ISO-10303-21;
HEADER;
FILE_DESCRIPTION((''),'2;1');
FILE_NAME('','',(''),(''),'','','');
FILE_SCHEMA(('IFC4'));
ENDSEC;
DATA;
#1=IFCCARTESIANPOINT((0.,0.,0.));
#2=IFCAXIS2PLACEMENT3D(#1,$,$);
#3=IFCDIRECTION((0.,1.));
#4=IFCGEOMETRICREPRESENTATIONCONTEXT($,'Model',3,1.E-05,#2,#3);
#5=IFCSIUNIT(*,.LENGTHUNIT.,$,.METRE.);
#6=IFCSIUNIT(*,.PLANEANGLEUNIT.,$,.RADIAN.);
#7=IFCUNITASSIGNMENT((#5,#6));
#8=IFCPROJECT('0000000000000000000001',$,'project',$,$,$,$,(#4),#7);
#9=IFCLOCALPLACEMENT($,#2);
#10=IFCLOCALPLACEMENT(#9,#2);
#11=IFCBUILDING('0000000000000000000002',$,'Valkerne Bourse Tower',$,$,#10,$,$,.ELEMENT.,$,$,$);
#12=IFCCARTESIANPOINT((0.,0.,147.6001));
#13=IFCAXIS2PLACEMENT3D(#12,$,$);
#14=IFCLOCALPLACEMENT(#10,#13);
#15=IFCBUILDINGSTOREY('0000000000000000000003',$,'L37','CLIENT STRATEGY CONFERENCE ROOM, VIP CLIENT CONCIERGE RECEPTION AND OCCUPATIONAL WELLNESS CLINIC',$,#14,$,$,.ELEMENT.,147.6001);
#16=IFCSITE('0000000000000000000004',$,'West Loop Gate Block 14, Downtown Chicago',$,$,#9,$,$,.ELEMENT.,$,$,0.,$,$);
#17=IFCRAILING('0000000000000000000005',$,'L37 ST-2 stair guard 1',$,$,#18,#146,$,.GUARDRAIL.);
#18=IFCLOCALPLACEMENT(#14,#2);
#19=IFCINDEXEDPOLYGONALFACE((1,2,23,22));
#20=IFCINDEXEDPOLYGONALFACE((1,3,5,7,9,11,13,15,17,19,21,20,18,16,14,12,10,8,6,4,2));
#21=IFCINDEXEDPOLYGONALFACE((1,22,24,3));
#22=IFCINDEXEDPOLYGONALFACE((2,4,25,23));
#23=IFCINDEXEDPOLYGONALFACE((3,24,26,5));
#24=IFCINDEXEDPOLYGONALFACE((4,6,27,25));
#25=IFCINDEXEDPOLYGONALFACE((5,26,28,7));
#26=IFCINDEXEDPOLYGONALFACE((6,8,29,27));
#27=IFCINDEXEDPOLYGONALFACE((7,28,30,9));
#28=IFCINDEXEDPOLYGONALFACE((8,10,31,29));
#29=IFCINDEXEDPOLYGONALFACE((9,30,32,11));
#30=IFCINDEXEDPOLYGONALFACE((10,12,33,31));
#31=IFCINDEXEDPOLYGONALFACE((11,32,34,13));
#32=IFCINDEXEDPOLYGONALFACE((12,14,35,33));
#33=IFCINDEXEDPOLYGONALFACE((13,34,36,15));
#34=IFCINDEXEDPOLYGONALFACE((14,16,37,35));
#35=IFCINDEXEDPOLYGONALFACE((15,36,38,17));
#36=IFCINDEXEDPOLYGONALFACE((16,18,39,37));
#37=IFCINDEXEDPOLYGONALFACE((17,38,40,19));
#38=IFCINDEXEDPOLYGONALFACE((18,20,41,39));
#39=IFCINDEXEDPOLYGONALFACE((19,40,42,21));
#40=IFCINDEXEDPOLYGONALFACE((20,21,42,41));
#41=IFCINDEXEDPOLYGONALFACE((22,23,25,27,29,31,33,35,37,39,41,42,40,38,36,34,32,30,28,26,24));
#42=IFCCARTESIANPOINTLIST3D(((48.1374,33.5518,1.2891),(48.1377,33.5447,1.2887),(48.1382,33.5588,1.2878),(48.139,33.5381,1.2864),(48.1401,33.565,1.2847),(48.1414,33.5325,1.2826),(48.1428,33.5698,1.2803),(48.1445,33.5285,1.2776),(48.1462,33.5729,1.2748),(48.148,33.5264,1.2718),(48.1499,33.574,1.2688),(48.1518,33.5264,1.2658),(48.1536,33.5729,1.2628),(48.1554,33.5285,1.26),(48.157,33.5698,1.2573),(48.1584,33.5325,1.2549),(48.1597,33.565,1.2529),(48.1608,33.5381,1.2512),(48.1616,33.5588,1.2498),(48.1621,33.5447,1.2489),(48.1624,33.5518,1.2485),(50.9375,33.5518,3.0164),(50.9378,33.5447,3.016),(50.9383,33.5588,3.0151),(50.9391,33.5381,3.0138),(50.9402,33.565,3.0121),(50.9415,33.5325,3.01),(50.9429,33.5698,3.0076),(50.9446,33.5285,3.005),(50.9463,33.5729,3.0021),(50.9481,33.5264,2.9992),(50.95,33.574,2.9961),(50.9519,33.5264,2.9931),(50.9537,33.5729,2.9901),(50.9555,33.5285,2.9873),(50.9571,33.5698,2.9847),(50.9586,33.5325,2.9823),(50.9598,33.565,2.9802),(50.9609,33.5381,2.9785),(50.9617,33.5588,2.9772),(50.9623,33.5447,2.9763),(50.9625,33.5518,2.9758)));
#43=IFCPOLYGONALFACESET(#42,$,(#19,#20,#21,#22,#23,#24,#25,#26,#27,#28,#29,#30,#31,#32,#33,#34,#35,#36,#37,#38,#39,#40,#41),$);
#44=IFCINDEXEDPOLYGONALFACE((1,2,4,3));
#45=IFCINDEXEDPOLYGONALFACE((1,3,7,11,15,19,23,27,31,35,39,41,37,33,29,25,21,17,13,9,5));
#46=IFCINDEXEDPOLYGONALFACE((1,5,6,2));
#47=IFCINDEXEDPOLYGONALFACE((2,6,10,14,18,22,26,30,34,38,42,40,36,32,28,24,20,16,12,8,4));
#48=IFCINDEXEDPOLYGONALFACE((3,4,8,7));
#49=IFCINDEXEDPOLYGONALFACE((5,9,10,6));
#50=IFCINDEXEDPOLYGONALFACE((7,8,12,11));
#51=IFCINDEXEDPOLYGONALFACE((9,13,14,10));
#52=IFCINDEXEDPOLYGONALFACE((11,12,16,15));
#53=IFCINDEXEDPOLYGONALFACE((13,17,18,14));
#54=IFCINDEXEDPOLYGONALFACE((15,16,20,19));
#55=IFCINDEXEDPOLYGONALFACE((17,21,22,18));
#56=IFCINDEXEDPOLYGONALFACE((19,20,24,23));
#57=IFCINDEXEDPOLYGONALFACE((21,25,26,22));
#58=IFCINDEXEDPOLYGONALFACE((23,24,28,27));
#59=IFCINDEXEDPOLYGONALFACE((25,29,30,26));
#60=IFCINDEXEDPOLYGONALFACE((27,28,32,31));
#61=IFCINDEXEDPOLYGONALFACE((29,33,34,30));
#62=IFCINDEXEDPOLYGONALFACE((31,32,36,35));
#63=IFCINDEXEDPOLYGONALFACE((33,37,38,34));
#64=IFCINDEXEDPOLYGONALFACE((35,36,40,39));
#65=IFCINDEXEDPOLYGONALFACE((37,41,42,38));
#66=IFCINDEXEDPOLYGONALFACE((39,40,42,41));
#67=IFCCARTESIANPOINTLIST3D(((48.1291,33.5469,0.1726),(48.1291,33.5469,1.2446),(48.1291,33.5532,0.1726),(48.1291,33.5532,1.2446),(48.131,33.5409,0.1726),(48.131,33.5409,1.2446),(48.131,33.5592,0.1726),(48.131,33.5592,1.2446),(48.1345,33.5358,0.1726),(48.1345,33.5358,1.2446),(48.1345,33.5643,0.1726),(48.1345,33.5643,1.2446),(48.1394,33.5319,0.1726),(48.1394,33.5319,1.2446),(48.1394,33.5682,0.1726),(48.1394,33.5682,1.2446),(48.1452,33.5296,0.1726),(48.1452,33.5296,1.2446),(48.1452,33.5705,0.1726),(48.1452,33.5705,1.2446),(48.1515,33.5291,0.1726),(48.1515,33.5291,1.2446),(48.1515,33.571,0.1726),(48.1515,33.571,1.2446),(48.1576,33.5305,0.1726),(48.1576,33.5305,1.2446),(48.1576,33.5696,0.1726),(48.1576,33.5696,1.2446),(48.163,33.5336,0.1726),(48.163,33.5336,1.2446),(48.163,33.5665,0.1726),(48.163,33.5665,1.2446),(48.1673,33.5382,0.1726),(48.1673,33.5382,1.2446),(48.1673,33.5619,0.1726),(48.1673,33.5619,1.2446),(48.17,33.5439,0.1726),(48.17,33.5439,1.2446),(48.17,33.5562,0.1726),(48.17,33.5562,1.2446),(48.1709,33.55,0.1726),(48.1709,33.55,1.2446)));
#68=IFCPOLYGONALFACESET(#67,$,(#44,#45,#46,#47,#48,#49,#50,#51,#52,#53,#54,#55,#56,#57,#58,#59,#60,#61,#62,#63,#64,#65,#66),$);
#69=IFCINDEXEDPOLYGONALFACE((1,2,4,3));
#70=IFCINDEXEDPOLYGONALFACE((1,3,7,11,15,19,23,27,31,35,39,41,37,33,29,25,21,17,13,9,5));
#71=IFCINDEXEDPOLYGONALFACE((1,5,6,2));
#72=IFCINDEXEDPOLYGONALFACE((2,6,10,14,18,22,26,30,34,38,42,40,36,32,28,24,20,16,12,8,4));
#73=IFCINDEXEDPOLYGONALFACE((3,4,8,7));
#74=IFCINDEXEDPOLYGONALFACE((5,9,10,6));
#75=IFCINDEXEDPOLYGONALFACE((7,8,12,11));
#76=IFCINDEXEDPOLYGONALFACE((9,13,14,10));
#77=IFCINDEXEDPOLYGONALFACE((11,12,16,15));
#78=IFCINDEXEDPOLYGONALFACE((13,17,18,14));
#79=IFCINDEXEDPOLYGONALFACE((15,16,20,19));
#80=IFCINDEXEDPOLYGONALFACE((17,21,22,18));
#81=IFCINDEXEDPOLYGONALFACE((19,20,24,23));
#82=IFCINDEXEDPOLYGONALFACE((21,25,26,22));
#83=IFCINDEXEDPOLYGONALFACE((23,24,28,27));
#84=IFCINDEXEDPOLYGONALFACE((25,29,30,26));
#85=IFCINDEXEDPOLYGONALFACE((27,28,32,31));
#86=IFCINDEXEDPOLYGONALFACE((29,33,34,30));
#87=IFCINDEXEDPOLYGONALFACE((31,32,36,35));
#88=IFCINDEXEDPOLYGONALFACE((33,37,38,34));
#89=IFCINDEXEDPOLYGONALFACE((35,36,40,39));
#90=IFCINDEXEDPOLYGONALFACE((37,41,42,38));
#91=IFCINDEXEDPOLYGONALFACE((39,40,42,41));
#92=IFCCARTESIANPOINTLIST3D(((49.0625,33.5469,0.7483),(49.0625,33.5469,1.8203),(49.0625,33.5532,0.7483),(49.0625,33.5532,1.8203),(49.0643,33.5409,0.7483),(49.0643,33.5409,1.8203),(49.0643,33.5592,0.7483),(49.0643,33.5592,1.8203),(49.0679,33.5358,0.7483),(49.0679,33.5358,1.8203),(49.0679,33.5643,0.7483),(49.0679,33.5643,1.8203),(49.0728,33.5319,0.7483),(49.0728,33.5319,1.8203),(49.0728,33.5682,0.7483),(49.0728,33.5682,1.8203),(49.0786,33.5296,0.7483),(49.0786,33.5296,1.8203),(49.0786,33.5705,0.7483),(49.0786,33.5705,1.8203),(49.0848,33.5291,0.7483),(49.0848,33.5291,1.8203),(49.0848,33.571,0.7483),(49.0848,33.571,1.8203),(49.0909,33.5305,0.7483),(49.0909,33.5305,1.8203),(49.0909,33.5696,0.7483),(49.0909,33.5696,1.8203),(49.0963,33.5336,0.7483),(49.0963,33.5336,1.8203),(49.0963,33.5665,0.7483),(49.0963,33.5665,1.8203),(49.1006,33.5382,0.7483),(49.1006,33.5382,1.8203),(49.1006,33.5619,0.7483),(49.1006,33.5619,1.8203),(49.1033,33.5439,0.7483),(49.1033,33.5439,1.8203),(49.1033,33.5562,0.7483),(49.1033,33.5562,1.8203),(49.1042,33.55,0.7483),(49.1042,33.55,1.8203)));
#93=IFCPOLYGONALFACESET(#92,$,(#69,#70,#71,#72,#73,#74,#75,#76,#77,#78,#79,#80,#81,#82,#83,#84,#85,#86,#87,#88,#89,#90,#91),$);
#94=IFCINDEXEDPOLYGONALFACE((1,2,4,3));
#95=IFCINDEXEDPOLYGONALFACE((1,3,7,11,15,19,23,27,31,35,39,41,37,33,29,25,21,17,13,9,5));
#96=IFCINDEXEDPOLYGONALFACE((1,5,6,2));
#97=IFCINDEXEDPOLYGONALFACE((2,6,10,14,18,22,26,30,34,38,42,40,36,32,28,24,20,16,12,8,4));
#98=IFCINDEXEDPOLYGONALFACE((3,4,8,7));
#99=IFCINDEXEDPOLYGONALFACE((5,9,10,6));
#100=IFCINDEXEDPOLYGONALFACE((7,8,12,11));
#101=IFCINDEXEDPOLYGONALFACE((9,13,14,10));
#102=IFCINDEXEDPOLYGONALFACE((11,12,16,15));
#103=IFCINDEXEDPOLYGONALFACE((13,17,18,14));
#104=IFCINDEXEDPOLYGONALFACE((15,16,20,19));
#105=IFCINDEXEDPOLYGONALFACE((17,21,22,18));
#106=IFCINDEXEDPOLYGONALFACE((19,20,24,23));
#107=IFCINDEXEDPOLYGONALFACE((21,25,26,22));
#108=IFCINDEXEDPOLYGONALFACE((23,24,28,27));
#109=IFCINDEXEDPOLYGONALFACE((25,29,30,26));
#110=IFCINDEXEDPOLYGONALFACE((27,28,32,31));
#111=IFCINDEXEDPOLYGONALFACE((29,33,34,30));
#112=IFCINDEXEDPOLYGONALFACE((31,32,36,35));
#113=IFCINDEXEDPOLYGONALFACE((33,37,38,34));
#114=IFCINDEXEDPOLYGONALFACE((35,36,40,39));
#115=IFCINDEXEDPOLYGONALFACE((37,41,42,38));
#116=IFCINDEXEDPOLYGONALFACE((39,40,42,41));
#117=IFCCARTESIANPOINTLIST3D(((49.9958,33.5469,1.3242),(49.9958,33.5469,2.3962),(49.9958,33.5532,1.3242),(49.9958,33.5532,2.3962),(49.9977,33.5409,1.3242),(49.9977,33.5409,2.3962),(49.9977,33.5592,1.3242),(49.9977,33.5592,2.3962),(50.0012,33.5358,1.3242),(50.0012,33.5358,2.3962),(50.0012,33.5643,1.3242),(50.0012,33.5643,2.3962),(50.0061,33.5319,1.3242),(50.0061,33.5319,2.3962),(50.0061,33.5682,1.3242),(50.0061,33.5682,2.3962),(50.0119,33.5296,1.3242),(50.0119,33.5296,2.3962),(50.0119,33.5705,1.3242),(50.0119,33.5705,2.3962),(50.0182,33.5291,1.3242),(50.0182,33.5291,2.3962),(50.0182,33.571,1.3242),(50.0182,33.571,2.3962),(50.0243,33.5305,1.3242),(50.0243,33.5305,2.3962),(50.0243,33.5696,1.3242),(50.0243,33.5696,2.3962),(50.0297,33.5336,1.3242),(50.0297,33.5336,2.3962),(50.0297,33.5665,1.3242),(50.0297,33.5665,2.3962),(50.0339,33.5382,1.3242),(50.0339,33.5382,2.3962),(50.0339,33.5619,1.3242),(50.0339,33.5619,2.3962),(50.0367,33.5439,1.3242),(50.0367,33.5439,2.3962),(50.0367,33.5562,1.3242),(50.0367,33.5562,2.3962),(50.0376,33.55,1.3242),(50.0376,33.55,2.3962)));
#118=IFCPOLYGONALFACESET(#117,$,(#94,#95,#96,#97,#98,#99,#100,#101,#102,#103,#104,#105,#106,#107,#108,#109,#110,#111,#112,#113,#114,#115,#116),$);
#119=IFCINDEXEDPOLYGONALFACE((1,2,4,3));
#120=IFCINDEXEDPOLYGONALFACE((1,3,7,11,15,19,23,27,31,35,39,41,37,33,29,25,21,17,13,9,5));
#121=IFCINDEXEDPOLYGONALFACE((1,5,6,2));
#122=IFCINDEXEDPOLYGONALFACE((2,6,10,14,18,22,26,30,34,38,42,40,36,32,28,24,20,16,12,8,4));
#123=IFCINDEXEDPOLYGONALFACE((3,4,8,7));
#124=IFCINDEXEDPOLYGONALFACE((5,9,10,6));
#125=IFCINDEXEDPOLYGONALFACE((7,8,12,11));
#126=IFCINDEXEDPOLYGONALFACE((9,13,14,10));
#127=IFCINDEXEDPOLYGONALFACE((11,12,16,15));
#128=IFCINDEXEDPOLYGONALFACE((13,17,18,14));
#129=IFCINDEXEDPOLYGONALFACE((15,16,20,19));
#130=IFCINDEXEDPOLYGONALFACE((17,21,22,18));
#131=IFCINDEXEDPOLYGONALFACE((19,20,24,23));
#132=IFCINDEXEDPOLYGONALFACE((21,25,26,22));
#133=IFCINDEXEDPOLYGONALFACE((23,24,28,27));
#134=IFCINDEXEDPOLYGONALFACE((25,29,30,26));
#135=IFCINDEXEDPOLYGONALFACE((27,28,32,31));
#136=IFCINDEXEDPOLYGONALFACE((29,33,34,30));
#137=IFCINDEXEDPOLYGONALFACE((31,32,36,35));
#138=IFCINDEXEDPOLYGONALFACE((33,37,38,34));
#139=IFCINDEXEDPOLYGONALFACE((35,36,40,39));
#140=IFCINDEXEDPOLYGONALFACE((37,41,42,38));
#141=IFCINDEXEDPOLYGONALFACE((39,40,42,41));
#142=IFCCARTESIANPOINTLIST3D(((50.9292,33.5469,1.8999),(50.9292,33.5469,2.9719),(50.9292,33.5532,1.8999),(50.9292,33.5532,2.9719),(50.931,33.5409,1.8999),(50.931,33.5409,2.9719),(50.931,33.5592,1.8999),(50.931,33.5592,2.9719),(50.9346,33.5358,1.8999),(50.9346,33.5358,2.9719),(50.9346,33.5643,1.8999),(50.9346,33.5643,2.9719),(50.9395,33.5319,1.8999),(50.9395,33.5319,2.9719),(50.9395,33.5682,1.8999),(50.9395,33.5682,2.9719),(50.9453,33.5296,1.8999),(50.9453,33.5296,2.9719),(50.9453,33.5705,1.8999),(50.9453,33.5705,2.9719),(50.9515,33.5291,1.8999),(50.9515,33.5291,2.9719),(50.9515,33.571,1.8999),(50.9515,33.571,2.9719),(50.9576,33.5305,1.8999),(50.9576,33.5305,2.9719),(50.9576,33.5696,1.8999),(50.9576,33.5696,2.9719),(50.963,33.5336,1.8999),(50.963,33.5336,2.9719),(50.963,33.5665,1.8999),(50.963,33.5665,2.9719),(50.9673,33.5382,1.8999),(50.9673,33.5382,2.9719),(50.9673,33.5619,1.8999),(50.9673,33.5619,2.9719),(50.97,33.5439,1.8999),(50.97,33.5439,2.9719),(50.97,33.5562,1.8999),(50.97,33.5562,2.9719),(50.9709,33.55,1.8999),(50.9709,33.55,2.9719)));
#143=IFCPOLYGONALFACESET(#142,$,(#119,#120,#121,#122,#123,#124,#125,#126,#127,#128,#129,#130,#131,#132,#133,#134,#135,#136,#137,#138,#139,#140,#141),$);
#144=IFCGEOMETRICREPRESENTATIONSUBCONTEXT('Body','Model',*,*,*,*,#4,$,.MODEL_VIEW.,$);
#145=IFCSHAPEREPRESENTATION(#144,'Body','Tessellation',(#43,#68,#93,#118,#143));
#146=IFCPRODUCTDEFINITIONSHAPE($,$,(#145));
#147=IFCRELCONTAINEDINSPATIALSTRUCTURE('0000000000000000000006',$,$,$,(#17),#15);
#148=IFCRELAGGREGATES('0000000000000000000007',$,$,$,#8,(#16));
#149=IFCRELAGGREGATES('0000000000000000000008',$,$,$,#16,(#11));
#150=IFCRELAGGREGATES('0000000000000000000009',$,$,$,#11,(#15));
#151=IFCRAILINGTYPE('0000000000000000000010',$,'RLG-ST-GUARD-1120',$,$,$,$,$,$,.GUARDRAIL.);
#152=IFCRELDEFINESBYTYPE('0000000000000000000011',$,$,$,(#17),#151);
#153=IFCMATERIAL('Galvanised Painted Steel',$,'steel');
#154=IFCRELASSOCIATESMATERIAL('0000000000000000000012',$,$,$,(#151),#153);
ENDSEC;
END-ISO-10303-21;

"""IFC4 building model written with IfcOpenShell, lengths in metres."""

from ifc_helpers import new_model, si_unit, direction, frame, origin, origin_2d, place, context, subcontext, project, spatial, circle, extrude, material, type_object, element, save


model = new_model("IFC4")

# Units and contexts
model_context = context("Model", 3, precision=1e-05, world=origin(), true_north=direction((0.0, 1.0)))
body_context = subcontext(model_context, "Body", "Model", "MODEL_VIEW")
ifc_project = project(units=[si_unit("LENGTHUNIT", "METRE"), si_unit("PLANEANGLEUNIT", "RADIAN")], contexts=[model_context])

# Site, building, storey
site_placement = place(None, origin())
site = spatial("IfcSite", under=ifc_project, at=site_placement, Name="West Loop Gate Block 14, Downtown Chicago", CompositionType="ELEMENT", RefElevation=0.0)
building_placement = place(site_placement, origin())
building = spatial("IfcBuilding", under=site, at=building_placement, Name="Valkerne Bourse Tower", CompositionType="ELEMENT")
storey_placement = place(building_placement, frame((0.0, 0.0, 147.6001)))
storey = spatial("IfcBuildingStorey", under=building, at=storey_placement, Name="L37", Description="CLIENT STRATEGY CONFERENCE ROOM, VIP CLIENT CONCIERGE RECEPTION AND OCCUPATIONAL WELLNESS CLINIC", CompositionType="ELEMENT", Elevation=147.6001)

# Shared definitions
ifc_material_1 = material(Name="Galvanised Painted Steel", Category="steel")

# Railing
railing_type_1 = type_object("IfcRailingType", Name="RLG-ST-GUARD-1120", PredefinedType="GUARDRAIL", material=ifc_material_1)
railing_1_placement = place(storey_placement, frame((48.1499, 33.55, 0.1726)))
element("IfcRailing", 1, at=railing_1_placement, inside=storey, type_object=railing_type_1, Name="L37 ST-2 stair guard 1", PredefinedType="GUARDRAIL", context=body_context, shape_type="SweptSolid", body=[
    extrude(circle(Radius=0.0239, at=origin_2d()), frame((0.0, 0.0, 1.0962), z_axis=(0.85109, 0.0, 0.52502), x_axis=(0.0, 1.0, 0.0)), (0.0, 0.0, 1.0), 3.29),
    extrude(circle(Radius=0.021, at=origin_2d()), origin(), (0.0, 0.0, 1.0), 1.072),
    extrude(circle(Radius=0.021, at=origin_2d()), frame((0.9333, 0.0, 0.5757)), (0.0, 0.0, 1.0), 1.072),
    extrude(circle(Radius=0.021, at=origin_2d()), frame((1.8667, 0.0, 1.1516)), (0.0, 0.0, 1.0), 1.072),
    extrude(circle(Radius=0.021, at=origin_2d()), frame((2.8, 0.0, 1.7273)), (0.0, 0.0, 1.0), 1.072),
])

save(model, "model.ifc")
